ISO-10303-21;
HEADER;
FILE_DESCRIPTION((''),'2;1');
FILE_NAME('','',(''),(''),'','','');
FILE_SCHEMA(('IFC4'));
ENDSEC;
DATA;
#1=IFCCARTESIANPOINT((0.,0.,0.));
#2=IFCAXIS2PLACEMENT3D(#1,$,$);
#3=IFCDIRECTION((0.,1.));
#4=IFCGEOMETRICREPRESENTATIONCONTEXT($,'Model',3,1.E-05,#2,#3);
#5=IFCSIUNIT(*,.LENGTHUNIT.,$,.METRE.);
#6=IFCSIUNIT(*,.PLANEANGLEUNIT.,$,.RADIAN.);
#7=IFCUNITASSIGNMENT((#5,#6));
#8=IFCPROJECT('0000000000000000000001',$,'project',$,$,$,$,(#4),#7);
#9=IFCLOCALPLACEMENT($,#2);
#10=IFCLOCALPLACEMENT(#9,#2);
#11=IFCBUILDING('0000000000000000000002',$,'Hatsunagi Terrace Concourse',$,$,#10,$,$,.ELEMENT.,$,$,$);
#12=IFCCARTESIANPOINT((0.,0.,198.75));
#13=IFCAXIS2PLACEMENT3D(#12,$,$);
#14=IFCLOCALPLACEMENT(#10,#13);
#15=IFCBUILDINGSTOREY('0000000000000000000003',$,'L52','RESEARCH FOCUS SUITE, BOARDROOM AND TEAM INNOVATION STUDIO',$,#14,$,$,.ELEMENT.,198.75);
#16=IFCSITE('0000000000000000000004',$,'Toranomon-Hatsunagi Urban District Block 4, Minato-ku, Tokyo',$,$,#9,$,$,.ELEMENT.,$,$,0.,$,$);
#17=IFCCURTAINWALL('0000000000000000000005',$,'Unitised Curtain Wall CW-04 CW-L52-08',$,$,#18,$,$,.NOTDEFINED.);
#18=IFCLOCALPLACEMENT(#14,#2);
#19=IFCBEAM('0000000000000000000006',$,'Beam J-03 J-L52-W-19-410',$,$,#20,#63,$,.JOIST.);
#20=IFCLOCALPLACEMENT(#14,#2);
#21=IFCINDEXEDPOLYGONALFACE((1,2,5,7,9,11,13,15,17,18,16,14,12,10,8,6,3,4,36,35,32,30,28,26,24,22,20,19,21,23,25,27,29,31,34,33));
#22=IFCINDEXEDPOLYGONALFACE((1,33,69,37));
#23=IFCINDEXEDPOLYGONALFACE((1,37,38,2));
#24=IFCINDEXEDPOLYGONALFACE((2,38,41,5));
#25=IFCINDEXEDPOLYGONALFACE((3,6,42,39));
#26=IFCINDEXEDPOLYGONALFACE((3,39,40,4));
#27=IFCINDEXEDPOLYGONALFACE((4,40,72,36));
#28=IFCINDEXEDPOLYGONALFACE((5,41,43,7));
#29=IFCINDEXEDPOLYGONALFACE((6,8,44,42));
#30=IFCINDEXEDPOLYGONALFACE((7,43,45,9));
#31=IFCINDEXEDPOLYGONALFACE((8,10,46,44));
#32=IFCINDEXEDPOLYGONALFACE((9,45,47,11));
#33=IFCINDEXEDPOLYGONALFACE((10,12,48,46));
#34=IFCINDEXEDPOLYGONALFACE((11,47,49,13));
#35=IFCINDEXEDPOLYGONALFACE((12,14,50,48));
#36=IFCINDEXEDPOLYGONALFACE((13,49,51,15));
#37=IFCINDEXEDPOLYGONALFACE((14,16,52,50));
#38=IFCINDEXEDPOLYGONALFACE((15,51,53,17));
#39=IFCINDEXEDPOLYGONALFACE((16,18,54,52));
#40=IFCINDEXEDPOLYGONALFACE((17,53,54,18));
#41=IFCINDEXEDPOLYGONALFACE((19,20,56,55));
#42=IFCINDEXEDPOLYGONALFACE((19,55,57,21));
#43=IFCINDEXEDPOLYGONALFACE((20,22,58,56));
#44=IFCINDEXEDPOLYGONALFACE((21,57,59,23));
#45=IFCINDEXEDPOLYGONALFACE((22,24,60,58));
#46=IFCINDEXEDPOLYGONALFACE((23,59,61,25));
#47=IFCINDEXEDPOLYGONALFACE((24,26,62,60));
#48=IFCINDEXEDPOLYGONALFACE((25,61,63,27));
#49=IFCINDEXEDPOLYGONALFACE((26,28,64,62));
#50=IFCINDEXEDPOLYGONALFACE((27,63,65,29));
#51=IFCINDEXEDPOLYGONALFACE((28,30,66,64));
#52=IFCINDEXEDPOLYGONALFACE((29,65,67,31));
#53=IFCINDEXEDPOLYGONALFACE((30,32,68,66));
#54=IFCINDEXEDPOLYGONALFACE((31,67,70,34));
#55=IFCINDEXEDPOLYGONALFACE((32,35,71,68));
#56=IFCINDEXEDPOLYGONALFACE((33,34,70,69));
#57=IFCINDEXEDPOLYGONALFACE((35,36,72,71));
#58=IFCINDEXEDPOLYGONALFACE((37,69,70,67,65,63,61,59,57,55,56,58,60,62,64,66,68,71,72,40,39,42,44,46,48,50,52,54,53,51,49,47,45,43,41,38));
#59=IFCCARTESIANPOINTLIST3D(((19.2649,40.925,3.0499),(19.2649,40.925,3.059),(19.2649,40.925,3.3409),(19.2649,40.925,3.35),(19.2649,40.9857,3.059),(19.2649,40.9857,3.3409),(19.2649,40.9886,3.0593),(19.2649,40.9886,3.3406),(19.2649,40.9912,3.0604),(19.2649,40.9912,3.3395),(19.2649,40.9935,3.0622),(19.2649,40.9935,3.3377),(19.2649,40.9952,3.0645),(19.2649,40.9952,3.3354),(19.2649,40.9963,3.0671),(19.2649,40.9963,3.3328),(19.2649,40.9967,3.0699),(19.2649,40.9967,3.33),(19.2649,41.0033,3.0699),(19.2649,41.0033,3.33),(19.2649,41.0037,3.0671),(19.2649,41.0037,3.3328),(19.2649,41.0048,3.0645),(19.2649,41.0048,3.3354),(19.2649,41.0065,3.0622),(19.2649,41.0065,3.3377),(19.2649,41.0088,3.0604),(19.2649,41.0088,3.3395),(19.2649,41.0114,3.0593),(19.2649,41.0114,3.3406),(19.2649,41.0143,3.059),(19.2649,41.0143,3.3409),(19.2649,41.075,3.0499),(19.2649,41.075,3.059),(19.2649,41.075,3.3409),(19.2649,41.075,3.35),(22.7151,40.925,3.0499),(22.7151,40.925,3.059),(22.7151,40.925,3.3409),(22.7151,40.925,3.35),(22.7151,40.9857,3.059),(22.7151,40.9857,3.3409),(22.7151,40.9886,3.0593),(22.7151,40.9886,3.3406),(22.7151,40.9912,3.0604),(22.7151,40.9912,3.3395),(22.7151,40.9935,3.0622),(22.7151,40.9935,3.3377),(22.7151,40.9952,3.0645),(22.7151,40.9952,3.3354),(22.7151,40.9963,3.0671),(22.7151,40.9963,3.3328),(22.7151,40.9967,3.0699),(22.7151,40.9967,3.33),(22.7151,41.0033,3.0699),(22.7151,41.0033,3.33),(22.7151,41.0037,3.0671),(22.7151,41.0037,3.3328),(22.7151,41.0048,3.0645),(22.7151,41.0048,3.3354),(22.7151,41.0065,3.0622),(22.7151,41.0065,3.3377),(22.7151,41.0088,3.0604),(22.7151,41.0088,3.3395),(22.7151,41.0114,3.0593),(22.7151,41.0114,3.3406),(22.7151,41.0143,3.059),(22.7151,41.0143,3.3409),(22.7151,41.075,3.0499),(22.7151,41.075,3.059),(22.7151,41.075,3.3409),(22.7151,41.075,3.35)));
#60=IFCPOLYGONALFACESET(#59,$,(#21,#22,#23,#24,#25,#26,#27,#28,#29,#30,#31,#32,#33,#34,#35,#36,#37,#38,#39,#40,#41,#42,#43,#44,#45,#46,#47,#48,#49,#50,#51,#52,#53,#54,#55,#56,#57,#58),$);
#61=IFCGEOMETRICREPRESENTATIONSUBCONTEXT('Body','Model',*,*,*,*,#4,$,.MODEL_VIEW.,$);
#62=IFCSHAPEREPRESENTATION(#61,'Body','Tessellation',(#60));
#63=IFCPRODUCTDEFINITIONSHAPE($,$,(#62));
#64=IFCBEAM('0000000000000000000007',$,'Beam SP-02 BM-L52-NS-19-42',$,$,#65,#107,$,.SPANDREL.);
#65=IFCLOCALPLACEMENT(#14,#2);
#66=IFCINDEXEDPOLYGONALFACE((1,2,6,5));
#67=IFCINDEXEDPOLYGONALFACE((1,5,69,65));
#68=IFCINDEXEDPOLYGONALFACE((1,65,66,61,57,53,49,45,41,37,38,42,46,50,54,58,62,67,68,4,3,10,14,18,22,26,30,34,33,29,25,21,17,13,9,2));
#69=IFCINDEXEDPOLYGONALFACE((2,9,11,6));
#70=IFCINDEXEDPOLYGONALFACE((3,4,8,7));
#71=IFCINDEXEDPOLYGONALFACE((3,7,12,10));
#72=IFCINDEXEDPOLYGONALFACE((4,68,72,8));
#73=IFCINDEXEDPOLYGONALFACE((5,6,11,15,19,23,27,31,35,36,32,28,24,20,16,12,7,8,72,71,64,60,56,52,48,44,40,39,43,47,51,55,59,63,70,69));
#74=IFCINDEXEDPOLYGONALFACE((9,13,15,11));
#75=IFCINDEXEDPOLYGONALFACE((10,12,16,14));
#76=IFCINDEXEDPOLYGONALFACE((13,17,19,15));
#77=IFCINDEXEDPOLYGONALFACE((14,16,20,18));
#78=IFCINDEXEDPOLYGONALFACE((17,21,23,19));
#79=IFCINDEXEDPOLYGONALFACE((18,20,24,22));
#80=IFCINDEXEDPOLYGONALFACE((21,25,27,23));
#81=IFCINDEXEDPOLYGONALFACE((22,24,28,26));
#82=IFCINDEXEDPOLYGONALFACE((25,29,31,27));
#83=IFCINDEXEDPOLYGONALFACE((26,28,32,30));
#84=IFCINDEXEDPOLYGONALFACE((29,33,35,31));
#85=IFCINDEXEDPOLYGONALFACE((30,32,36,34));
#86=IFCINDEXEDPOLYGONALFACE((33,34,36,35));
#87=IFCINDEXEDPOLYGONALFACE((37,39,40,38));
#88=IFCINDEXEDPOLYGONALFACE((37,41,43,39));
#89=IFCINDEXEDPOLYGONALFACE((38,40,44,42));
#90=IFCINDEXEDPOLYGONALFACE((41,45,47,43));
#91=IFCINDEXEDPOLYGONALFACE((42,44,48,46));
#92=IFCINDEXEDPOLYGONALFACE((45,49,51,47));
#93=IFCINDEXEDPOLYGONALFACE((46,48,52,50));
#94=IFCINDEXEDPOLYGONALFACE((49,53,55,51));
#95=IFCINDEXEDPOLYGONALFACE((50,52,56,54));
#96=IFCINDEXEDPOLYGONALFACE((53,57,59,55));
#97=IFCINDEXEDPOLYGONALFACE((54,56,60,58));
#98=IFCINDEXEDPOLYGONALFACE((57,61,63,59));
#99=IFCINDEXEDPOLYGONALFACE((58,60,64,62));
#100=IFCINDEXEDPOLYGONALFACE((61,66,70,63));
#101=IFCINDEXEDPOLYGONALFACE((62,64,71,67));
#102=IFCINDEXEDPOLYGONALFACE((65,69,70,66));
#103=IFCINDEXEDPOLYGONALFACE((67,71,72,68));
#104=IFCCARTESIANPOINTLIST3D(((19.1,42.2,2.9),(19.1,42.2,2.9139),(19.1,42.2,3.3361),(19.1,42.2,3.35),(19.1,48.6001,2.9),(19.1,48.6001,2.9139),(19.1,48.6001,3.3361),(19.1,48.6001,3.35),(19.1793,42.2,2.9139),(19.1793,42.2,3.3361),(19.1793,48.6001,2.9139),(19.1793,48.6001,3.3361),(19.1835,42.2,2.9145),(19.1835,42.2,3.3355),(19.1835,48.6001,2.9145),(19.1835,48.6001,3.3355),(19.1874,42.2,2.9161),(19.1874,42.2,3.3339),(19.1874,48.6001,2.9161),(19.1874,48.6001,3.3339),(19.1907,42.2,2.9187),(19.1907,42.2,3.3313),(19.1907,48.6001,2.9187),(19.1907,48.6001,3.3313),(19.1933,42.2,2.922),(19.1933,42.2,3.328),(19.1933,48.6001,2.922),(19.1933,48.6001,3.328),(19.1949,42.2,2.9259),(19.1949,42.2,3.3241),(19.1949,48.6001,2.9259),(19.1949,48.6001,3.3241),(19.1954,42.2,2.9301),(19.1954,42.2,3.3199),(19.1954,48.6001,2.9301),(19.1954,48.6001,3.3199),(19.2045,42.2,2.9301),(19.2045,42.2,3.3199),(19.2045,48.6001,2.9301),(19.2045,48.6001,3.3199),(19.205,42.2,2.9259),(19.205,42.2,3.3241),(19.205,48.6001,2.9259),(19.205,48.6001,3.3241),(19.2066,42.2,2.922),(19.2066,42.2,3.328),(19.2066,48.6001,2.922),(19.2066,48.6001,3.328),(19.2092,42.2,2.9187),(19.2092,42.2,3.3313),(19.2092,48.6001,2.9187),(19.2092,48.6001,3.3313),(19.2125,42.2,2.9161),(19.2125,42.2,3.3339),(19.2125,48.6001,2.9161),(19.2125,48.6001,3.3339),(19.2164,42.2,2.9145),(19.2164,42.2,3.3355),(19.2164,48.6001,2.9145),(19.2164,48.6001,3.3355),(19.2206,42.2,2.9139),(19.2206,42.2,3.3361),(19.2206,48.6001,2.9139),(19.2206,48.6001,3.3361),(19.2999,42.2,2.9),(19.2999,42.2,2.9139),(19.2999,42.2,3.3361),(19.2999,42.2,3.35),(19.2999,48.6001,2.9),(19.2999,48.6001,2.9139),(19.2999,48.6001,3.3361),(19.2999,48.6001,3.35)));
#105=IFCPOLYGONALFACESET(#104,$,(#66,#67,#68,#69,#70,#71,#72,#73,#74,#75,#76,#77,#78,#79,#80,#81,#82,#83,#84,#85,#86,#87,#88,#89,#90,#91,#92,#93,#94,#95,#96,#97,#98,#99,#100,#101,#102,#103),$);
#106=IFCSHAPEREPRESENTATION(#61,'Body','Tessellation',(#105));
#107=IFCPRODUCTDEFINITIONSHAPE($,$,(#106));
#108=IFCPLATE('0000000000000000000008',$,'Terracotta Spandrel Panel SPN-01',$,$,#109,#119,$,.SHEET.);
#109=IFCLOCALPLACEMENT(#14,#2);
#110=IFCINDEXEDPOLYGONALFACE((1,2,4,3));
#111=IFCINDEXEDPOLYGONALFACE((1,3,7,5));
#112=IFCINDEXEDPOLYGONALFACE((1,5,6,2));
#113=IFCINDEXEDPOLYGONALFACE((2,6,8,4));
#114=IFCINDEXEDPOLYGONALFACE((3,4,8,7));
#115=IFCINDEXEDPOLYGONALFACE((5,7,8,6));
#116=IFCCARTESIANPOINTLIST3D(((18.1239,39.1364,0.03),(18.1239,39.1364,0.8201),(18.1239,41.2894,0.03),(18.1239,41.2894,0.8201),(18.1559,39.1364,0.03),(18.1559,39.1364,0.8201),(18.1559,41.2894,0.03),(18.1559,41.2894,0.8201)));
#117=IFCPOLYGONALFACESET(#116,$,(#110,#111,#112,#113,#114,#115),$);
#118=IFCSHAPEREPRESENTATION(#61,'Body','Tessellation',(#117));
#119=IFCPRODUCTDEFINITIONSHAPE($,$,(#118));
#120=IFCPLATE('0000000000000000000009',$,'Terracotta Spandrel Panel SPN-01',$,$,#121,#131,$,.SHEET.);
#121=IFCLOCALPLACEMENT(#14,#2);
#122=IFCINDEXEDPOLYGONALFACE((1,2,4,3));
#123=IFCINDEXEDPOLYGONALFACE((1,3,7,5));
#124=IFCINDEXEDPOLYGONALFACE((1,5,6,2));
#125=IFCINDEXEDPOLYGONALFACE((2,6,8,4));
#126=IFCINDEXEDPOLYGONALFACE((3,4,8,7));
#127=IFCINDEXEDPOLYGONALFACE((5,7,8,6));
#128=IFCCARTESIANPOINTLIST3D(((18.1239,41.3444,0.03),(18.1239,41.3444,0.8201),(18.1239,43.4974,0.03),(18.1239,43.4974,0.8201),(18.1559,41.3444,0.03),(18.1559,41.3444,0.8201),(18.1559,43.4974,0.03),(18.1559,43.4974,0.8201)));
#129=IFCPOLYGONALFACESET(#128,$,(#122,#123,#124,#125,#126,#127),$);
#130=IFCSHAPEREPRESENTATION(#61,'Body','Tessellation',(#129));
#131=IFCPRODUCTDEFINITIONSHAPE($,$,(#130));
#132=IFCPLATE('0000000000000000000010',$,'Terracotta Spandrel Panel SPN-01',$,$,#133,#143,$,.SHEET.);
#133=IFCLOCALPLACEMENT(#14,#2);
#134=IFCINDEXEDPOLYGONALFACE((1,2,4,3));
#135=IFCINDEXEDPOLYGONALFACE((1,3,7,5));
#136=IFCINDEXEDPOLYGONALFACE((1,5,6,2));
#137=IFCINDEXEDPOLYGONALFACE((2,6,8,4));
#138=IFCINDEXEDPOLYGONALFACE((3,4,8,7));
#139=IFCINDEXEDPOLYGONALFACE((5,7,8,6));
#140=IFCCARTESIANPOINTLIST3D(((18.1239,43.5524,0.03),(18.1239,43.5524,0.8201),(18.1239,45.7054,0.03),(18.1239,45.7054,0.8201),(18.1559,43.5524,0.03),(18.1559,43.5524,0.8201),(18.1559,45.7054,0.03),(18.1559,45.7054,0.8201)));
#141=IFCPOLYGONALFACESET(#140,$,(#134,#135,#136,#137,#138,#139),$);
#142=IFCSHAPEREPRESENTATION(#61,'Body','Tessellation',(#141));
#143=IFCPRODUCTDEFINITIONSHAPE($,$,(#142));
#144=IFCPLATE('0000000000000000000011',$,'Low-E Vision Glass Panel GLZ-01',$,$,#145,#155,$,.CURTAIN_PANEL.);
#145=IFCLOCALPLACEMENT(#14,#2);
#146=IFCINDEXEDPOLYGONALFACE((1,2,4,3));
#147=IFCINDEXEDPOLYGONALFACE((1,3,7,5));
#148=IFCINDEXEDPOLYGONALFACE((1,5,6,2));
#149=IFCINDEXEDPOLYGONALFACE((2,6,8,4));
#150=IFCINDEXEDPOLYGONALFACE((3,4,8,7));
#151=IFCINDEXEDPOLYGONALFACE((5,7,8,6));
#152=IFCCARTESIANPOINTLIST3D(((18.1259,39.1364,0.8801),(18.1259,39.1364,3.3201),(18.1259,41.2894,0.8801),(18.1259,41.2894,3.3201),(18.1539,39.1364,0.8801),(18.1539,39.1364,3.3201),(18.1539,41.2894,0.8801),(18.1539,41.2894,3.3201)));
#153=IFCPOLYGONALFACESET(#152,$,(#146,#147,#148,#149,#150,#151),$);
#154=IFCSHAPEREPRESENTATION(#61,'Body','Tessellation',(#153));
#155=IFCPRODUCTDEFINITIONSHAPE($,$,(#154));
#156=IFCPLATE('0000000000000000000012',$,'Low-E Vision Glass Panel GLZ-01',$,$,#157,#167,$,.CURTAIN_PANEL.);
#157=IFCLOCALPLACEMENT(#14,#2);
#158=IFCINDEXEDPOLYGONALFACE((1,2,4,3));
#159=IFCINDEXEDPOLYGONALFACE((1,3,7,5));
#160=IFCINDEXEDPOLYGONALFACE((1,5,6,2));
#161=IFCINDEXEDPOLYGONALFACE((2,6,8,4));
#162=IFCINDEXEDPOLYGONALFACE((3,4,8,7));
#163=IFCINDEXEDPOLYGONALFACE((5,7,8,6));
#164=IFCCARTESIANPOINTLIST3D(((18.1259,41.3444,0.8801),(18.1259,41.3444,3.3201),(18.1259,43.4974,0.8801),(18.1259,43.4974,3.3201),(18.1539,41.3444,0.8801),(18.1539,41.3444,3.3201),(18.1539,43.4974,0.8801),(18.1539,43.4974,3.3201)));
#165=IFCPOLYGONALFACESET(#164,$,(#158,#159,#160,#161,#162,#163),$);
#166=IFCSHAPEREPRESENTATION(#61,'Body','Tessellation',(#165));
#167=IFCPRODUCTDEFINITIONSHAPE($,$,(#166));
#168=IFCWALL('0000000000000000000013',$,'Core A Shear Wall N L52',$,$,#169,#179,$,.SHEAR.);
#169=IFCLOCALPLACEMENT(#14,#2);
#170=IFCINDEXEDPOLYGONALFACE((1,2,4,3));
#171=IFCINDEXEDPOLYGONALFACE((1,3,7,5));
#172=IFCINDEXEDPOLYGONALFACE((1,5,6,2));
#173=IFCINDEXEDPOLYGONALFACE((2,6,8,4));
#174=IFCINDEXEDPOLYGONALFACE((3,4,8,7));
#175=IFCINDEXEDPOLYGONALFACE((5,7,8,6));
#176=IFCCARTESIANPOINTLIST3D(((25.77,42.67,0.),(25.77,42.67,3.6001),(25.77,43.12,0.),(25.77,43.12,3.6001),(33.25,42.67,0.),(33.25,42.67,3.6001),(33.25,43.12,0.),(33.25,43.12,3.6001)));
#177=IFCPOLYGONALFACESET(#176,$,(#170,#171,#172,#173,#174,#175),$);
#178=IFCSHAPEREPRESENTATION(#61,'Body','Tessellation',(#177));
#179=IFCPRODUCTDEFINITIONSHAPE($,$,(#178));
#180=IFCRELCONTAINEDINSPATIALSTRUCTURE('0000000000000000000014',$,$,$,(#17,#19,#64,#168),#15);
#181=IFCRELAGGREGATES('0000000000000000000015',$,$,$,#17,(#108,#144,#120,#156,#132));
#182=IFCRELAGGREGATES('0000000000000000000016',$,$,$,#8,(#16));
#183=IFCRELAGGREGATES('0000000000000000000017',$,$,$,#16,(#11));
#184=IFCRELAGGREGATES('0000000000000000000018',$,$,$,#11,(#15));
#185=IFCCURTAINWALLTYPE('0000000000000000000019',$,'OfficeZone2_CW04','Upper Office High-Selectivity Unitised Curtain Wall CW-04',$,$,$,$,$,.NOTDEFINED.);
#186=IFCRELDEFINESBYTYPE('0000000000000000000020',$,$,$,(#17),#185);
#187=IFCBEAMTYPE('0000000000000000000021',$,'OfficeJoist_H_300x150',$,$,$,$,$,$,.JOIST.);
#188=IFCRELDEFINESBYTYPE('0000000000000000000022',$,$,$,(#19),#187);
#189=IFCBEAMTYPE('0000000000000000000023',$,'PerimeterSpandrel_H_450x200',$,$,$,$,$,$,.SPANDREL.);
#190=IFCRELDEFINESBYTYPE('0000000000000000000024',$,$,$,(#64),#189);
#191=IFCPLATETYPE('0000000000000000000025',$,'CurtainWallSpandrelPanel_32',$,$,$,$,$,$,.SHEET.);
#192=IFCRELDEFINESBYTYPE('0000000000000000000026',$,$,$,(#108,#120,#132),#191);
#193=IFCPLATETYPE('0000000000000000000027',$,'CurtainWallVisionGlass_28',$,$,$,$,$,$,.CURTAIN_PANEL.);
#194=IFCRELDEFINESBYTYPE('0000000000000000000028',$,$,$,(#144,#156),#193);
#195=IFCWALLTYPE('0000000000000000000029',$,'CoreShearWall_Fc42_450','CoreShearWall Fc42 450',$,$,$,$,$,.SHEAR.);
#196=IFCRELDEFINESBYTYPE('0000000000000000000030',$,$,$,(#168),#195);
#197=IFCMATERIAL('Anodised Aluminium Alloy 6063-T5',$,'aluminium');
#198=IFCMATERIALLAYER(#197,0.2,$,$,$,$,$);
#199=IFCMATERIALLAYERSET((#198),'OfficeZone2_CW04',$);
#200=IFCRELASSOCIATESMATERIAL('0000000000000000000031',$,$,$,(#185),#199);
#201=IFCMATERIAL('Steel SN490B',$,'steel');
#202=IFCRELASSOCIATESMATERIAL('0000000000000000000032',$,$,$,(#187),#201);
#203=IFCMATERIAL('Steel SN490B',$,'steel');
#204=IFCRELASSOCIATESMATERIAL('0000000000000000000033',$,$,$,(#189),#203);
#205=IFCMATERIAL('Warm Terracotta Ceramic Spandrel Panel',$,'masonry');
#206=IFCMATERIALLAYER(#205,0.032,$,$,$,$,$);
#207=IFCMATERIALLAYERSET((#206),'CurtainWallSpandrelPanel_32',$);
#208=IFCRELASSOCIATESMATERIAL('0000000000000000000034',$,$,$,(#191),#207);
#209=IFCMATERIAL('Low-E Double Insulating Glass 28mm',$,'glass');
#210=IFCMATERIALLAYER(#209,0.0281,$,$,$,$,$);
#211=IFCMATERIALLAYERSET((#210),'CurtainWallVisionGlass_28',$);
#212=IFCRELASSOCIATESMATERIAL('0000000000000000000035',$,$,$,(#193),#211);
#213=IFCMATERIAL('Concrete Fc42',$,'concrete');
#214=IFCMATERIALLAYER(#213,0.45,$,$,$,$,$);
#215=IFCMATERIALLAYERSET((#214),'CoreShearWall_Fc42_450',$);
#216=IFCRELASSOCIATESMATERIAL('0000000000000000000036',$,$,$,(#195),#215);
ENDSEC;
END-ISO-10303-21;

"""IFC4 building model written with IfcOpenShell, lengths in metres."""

from ifc_helpers import new_model, si_unit, direction, frame, frame_2d, origin, origin_2d, place, context, subcontext, project, spatial, rectangle, i_section, extrude, material, layer, layer_set, material_profile, profile_set, type_object, element, aggregate, save


model = new_model("IFC4")

# Units and contexts
model_context = context("Model", 3, precision=1e-05, world=origin(), true_north=direction((0.0, 1.0)))
body_context = subcontext(model_context, "Body", "Model", "MODEL_VIEW")
ifc_project = project(units=[si_unit("LENGTHUNIT", "METRE"), si_unit("PLANEANGLEUNIT", "RADIAN")], contexts=[model_context])

# Site, building, storey
site_placement = place(None, origin())
site = spatial("IfcSite", under=ifc_project, at=site_placement, Name="Toranomon-Hatsunagi Urban District Block 4, Minato-ku, Tokyo", CompositionType="ELEMENT", RefElevation=0.0)
building_placement = place(site_placement, origin())
building = spatial("IfcBuilding", under=site, at=building_placement, Name="Hatsunagi Terrace Concourse", CompositionType="ELEMENT")
storey_placement = place(building_placement, frame((0.0, 0.0, 198.75)))
storey = spatial("IfcBuildingStorey", under=building, at=storey_placement, Name="L52", Description="RESEARCH FOCUS SUITE, BOARDROOM AND TEAM INNOVATION STUDIO", CompositionType="ELEMENT", Elevation=198.75)

# Curtain wall
ifc_material_1 = material(Name="Anodised Aluminium Alloy 6063-T5", Category="aluminium")
ifc_layer_1 = layer(ifc_material_1, 0.2)
ifc_layer_set_1 = layer_set([ifc_layer_1], Name="OfficeZone2_CW04")
curtain_wall_type = type_object("IfcCurtainWallType", Name="OfficeZone2_CW04", Description="Upper Office High-Selectivity Unitised Curtain Wall CW-04", PredefinedType="NOTDEFINED", material=ifc_layer_set_1)
curtain_wall_placement = place(storey_placement, origin())
curtain_wall = element("IfcCurtainWall", 1, at=curtain_wall_placement, inside=storey, type_object=curtain_wall_type, Name="Unitised Curtain Wall CW-04 CW-L52-08", PredefinedType="NOTDEFINED")

# Beams
ifc_material_2 = material(Name="Steel SN490B", Category="steel")
ifc_material_profile_1 = material_profile(ifc_material_2, i_section(OverallWidth=0.1499, OverallDepth=0.3, WebThickness=0.0066, FlangeThickness=0.009, FilletRadius=0.011, at=origin_2d()), Name="H-300x150x6.5x9")
ifc_profile_set_1 = profile_set([ifc_material_profile_1], Name="Steel SN490B")
beam_type_1 = type_object("IfcBeamType", Name="OfficeJoist_H_300x150", PredefinedType="JOIST", material=ifc_profile_set_1)
beam_1_placement = place(storey_placement, frame((19.2649, 41.0, 3.2), z_axis=(1.0, 0.0, 0.0), x_axis=(0.0, 1.0, 0.0)))
element("IfcBeam", 2, at=beam_1_placement, inside=storey, type_object=beam_type_1, Name="Beam J-03 J-L52-W-19-410", PredefinedType="JOIST", context=body_context, shape_type="SweptSolid", body=[
    extrude(i_section(OverallWidth=0.1499, OverallDepth=0.3, WebThickness=0.0066, FlangeThickness=0.009, FilletRadius=0.011, at=origin_2d()), origin(), (0.0, 0.0, 1.0), 3.4502),
])
ifc_material_3 = material(Name="Steel SN490B", Category="steel")
ifc_material_profile_2 = material_profile(ifc_material_3, i_section(OverallWidth=0.2, OverallDepth=0.45, WebThickness=0.009, FlangeThickness=0.0139, FilletRadius=0.0161, at=origin_2d()), Name="H-450x200x9x14")
ifc_profile_set_2 = profile_set([ifc_material_profile_2], Name="Steel SN490B")
beam_type_2 = type_object("IfcBeamType", Name="PerimeterSpandrel_H_450x200", PredefinedType="SPANDREL", material=ifc_profile_set_2)
beam_2_placement = place(storey_placement, frame((19.2, 42.2, 3.125), z_axis=(0.0, 1.0, 0.0), x_axis=(-1.0, 0.0, 0.0)))
element("IfcBeam", 3, at=beam_2_placement, inside=storey, type_object=beam_type_2, Name="Beam SP-02 BM-L52-NS-19-42", PredefinedType="SPANDREL", context=body_context, shape_type="SweptSolid", body=[
    extrude(i_section(OverallWidth=0.2, OverallDepth=0.45, WebThickness=0.009, FlangeThickness=0.0139, FilletRadius=0.0161, at=origin_2d()), origin(), (0.0, 0.0, 1.0), 6.4001),
])

# Plates
ifc_material_4 = material(Name="Warm Terracotta Ceramic Spandrel Panel", Category="masonry")
ifc_layer_2 = layer(ifc_material_4, 0.032)
ifc_layer_set_2 = layer_set([ifc_layer_2], Name="CurtainWallSpandrelPanel_32")
plate_type_1 = type_object("IfcPlateType", Name="CurtainWallSpandrelPanel_32", PredefinedType="SHEET", material=ifc_layer_set_2)
plate_1_placement = place(storey_placement, frame((18.1399, 40.2129, 0.03), z_axis=(0.0, 0.0, 1.0), x_axis=(0.0, 1.0, 0.0)))
plate_1 = element("IfcPlate", 4, at=plate_1_placement, type_object=plate_type_1, Name="Terracotta Spandrel Panel SPN-01", PredefinedType="SHEET", context=body_context, shape_type="SweptSolid", body=[
    extrude(rectangle(XDim=2.1531, YDim=0.032, at=origin_2d()), origin(), (0.0, 0.0, 1.0), 0.79),
])
plate_2_placement = place(storey_placement, frame((18.1399, 42.4209, 0.03), z_axis=(0.0, 0.0, 1.0), x_axis=(0.0, 1.0, 0.0)))
plate_2 = element("IfcPlate", 5, at=plate_2_placement, type_object=plate_type_1, Name="Terracotta Spandrel Panel SPN-01", PredefinedType="SHEET", context=body_context, shape_type="SweptSolid", body=[
    extrude(rectangle(XDim=2.1531, YDim=0.032, at=origin_2d()), origin(), (0.0, 0.0, 1.0), 0.79),
])
plate_3_placement = place(storey_placement, frame((18.1399, 44.6289, 0.03), z_axis=(0.0, 0.0, 1.0), x_axis=(0.0, 1.0, 0.0)))
plate_3 = element("IfcPlate", 6, at=plate_3_placement, type_object=plate_type_1, Name="Terracotta Spandrel Panel SPN-01", PredefinedType="SHEET", context=body_context, shape_type="SweptSolid", body=[
    extrude(rectangle(XDim=2.1531, YDim=0.032, at=origin_2d()), origin(), (0.0, 0.0, 1.0), 0.79),
])
ifc_material_5 = material(Name="Low-E Double Insulating Glass 28mm", Category="glass")
ifc_layer_3 = layer(ifc_material_5, 0.0281)
ifc_layer_set_3 = layer_set([ifc_layer_3], Name="CurtainWallVisionGlass_28")
plate_type_2 = type_object("IfcPlateType", Name="CurtainWallVisionGlass_28", PredefinedType="CURTAIN_PANEL", material=ifc_layer_set_3)
plate_4_placement = place(storey_placement, frame((18.1399, 40.2129, 0.8801), z_axis=(0.0, 0.0, 1.0), x_axis=(0.0, 1.0, 0.0)))
plate_4 = element("IfcPlate", 7, at=plate_4_placement, type_object=plate_type_2, Name="Low-E Vision Glass Panel GLZ-01", PredefinedType="CURTAIN_PANEL", context=body_context, shape_type="SweptSolid", body=[
    extrude(rectangle(XDim=2.1531, YDim=0.0281, at=origin_2d()), origin(), (0.0, 0.0, 1.0), 2.4399),
])
plate_5_placement = place(storey_placement, frame((18.1399, 42.4209, 0.8801), z_axis=(0.0, 0.0, 1.0), x_axis=(0.0, 1.0, 0.0)))
plate_5 = element("IfcPlate", 8, at=plate_5_placement, type_object=plate_type_2, Name="Low-E Vision Glass Panel GLZ-01", PredefinedType="CURTAIN_PANEL", context=body_context, shape_type="SweptSolid", body=[
    extrude(rectangle(XDim=2.1531, YDim=0.0281, at=origin_2d()), origin(), (0.0, 0.0, 1.0), 2.4399),
])
aggregate(curtain_wall, [plate_1, plate_4, plate_2, plate_5, plate_3])

# Wall
ifc_material_6 = material(Name="Concrete Fc42", Category="concrete")
ifc_layer_4 = layer(ifc_material_6, 0.45)
ifc_layer_set_4 = layer_set([ifc_layer_4], Name="CoreShearWall_Fc42_450")
wall_type_1 = type_object("IfcWallType", Name="CoreShearWall_Fc42_450", Description="CoreShearWall Fc42 450", PredefinedType="SHEAR", material=ifc_layer_set_4)
wall_1_placement = place(storey_placement, frame((25.77, 42.895, 0.0), z_axis=(0.0, 0.0, 1.0), x_axis=(1.0, 0.0, 0.0)))
element("IfcWall", 9, at=wall_1_placement, inside=storey, type_object=wall_type_1, Name="Core A Shear Wall N L52", PredefinedType="SHEAR", context=body_context, shape_type="SweptSolid", body=[
    extrude(rectangle(XDim=7.48, YDim=0.45, at=frame_2d((3.74, 0.0))), origin(), (0.0, 0.0, 1.0), 3.6001),
])

save(model, "model.ifc")
